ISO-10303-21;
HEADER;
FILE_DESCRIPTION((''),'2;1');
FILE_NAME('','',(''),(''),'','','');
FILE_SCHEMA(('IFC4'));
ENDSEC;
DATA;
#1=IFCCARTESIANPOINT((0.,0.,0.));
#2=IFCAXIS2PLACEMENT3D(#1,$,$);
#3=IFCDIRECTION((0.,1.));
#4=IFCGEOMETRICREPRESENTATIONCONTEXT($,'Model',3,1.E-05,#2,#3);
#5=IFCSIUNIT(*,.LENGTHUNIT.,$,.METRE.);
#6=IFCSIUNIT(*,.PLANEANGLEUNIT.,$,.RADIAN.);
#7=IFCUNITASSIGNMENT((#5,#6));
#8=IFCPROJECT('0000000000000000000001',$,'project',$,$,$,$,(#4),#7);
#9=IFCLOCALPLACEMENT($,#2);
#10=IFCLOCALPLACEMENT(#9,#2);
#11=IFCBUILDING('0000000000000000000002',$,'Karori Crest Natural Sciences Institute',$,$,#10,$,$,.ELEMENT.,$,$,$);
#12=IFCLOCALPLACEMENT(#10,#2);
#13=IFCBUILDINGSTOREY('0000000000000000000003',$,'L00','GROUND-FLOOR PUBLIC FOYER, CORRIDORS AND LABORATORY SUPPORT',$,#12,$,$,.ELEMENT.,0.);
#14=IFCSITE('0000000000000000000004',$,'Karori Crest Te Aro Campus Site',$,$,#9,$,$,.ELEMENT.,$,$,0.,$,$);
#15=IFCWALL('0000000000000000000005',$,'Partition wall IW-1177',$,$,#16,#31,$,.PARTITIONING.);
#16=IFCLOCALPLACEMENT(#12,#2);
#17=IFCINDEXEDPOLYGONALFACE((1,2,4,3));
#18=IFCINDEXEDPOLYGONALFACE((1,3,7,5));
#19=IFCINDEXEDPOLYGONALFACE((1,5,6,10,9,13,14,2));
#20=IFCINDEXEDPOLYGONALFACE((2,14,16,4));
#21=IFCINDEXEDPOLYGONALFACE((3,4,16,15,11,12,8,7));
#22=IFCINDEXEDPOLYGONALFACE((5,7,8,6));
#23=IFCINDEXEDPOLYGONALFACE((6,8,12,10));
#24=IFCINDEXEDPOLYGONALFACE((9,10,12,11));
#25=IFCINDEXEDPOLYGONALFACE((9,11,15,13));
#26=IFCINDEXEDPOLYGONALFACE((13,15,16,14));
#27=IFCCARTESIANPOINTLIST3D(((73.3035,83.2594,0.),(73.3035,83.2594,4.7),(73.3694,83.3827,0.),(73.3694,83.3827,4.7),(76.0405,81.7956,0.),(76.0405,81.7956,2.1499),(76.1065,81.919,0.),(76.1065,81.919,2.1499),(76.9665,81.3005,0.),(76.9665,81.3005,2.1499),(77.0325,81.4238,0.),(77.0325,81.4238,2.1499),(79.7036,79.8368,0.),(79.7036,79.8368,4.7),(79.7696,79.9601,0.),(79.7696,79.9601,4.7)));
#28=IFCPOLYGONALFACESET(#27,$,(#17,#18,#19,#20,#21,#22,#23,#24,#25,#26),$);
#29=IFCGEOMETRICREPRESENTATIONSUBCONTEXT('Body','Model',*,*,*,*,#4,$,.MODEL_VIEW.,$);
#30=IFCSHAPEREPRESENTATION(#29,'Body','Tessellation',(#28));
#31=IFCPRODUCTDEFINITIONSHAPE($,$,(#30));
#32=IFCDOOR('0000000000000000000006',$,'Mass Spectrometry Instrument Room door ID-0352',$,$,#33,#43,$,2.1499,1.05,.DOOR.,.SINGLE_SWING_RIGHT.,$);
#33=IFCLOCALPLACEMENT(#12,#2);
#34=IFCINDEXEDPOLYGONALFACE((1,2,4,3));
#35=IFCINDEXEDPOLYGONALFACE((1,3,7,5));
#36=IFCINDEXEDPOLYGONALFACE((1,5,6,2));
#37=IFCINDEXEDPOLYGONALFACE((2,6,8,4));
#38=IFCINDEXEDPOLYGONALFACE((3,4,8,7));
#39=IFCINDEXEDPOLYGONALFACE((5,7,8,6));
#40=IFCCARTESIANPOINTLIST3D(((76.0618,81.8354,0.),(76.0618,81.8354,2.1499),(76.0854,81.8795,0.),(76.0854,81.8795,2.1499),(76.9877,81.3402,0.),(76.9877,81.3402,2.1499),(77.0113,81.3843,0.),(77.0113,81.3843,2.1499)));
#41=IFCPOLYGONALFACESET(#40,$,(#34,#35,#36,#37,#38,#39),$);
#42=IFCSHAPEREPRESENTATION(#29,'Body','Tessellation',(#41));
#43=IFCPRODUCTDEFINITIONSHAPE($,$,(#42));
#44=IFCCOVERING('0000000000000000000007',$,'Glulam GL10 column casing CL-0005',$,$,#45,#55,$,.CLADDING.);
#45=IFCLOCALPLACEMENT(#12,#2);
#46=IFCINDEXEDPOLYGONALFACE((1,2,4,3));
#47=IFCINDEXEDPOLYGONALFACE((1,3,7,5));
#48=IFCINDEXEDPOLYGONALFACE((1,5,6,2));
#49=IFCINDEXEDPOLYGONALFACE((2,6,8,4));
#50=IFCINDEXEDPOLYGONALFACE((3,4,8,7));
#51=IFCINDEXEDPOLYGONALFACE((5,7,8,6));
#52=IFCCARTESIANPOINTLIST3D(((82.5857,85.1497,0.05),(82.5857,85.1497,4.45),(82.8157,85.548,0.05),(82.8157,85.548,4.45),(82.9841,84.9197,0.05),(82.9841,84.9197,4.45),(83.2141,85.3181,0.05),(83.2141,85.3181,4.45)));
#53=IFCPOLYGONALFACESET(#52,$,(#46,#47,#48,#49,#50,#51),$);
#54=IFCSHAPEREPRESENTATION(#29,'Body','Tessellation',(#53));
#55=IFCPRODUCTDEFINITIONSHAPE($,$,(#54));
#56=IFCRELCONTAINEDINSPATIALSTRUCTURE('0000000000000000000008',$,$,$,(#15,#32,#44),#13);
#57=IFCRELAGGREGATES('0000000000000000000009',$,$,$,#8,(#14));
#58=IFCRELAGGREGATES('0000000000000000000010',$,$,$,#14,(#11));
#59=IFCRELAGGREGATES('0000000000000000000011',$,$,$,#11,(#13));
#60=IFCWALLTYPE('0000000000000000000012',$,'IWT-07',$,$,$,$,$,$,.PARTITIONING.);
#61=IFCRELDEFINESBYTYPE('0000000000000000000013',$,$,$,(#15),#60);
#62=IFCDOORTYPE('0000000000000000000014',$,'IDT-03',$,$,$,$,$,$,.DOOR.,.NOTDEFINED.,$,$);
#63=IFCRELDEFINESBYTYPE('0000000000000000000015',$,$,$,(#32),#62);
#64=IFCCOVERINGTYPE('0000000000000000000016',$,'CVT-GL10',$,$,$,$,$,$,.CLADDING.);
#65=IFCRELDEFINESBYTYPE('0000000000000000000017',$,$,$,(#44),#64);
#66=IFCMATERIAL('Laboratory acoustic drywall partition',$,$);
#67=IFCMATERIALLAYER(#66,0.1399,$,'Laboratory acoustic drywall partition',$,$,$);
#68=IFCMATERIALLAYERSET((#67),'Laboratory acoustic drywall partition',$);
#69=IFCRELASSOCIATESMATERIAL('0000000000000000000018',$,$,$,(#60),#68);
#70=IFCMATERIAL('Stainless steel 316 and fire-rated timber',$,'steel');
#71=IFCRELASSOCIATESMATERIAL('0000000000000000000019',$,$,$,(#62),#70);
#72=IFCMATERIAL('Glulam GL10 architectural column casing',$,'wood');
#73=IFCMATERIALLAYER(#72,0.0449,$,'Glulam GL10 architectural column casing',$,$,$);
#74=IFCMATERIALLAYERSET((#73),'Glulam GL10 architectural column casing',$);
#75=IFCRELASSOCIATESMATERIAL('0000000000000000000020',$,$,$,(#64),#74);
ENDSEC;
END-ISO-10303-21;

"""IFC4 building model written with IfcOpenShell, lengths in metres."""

from ifc_helpers import new_model, si_unit, direction, frame, frame_2d, origin, origin_2d, place, context, subcontext, project, spatial, rectangle, extrude, material, layer, layer_set, type_object, element, fill, save


model = new_model("IFC4")

# Units and contexts
model_context = context("Model", 3, precision=1e-05, world=origin(), true_north=direction((0.0, 1.0)))
body_context = subcontext(model_context, "Body", "Model", "MODEL_VIEW")
ifc_project = project(units=[si_unit("LENGTHUNIT", "METRE"), si_unit("PLANEANGLEUNIT", "RADIAN")], contexts=[model_context])

# Site, building, storey
site_placement = place(None, origin())
site = spatial("IfcSite", under=ifc_project, at=site_placement, Name="Karori Crest Te Aro Campus Site", CompositionType="ELEMENT", RefElevation=0.0)
building_placement = place(site_placement, origin())
building = spatial("IfcBuilding", under=site, at=building_placement, Name="Karori Crest Natural Sciences Institute", CompositionType="ELEMENT")
storey_placement = place(building_placement, origin())
storey = spatial("IfcBuildingStorey", under=building, at=storey_placement, Name="L00", Description="GROUND-FLOOR PUBLIC FOYER, CORRIDORS AND LABORATORY SUPPORT", CompositionType="ELEMENT", Elevation=0.0)

# Shared definitions
ifc_material_1 = material(Name="Laboratory acoustic drywall partition")
ifc_layer_1 = layer(ifc_material_1, 0.1399, Name="Laboratory acoustic drywall partition")
ifc_layer_set_1 = layer_set([ifc_layer_1], Name="Laboratory acoustic drywall partition")
wall_type = type_object("IfcWallType", Name="IWT-07", PredefinedType="PARTITIONING", material=ifc_layer_set_1)

# Wall, opening, door
wall_1_placement = place(storey_placement, frame((79.7366, 79.8984, 0.0), z_axis=(0.0, 0.0, 1.0), x_axis=(-0.881826, 0.471574, 0.0)))
wall_1 = element("IfcWall", 1, at=wall_1_placement, inside=storey, type_object=wall_type, Name="Partition wall IW-1177", PredefinedType="PARTITIONING", context=body_context, shape_type="SweptSolid", body=[
    extrude(rectangle(XDim=7.2578, YDim=0.1399, at=frame_2d((3.6289, 0.0))), origin(), (0.0, 0.0, 1.0), 4.7),
])
opening_placement = place(wall_1_placement, frame((3.104, 0.0, 0.0)))
opening = element("IfcOpeningElement", 2, at=opening_placement, cuts=wall_1, PredefinedType="OPENING", context=body_context, shape_type="SweptSolid", body=[
    extrude(rectangle(XDim=1.05, YDim=2.1499, at=frame_2d((0.5249, 1.075))), frame((0.0, 0.0801, 0.0), z_axis=(0.0, -1.0, 0.0), x_axis=(1.0, 0.0, 0.0)), (0.0, 0.0, 1.0), 0.1599),
])
ifc_material_2 = material(Name="Stainless steel 316 and fire-rated timber", Category="steel")
door_type = type_object("IfcDoorType", Name="IDT-03", OperationType="NOTDEFINED", PredefinedType="DOOR", material=ifc_material_2)
door_placement = place(opening_placement, origin())
door = element("IfcDoor", 3, at=door_placement, inside=storey, type_object=door_type, Name="Mass Spectrometry Instrument Room door ID-0352", OperationType="SINGLE_SWING_RIGHT", OverallHeight=2.1499, OverallWidth=1.05, PredefinedType="DOOR", context=body_context, shape_type="SweptSolid", body=[
    extrude(rectangle(XDim=1.05, YDim=2.1499, at=frame_2d((0.5249, 1.075))), frame((0.0, 0.0249, 0.0), z_axis=(0.0, -1.0, 0.0), x_axis=(1.0, 0.0, 0.0)), (0.0, 0.0, 1.0), 0.05),
])
fill(opening, door)

# Covering
ifc_material_3 = material(Name="Glulam GL10 architectural column casing", Category="wood")
ifc_layer_2 = layer(ifc_material_3, 0.0449, Name="Glulam GL10 architectural column casing")
ifc_layer_set_2 = layer_set([ifc_layer_2], Name="Glulam GL10 architectural column casing")
covering_type = type_object("IfcCoveringType", Name="CVT-GL10", PredefinedType="CLADDING", material=ifc_layer_set_2)
covering_placement = place(storey_placement, frame((82.8999, 85.2339, 0.05), z_axis=(0.0, 0.0, 1.0), x_axis=(0.5, 0.866025, 0.0)))
element("IfcCovering", 4, at=covering_placement, inside=storey, type_object=covering_type, Name="Glulam GL10 column casing CL-0005", PredefinedType="CLADDING", context=body_context, shape_type="SweptSolid", body=[
    extrude(rectangle(XDim=0.46, YDim=0.46, at=origin_2d()), origin(), (0.0, 0.0, 1.0), 4.3999),
])

save(model, "model.ifc")
